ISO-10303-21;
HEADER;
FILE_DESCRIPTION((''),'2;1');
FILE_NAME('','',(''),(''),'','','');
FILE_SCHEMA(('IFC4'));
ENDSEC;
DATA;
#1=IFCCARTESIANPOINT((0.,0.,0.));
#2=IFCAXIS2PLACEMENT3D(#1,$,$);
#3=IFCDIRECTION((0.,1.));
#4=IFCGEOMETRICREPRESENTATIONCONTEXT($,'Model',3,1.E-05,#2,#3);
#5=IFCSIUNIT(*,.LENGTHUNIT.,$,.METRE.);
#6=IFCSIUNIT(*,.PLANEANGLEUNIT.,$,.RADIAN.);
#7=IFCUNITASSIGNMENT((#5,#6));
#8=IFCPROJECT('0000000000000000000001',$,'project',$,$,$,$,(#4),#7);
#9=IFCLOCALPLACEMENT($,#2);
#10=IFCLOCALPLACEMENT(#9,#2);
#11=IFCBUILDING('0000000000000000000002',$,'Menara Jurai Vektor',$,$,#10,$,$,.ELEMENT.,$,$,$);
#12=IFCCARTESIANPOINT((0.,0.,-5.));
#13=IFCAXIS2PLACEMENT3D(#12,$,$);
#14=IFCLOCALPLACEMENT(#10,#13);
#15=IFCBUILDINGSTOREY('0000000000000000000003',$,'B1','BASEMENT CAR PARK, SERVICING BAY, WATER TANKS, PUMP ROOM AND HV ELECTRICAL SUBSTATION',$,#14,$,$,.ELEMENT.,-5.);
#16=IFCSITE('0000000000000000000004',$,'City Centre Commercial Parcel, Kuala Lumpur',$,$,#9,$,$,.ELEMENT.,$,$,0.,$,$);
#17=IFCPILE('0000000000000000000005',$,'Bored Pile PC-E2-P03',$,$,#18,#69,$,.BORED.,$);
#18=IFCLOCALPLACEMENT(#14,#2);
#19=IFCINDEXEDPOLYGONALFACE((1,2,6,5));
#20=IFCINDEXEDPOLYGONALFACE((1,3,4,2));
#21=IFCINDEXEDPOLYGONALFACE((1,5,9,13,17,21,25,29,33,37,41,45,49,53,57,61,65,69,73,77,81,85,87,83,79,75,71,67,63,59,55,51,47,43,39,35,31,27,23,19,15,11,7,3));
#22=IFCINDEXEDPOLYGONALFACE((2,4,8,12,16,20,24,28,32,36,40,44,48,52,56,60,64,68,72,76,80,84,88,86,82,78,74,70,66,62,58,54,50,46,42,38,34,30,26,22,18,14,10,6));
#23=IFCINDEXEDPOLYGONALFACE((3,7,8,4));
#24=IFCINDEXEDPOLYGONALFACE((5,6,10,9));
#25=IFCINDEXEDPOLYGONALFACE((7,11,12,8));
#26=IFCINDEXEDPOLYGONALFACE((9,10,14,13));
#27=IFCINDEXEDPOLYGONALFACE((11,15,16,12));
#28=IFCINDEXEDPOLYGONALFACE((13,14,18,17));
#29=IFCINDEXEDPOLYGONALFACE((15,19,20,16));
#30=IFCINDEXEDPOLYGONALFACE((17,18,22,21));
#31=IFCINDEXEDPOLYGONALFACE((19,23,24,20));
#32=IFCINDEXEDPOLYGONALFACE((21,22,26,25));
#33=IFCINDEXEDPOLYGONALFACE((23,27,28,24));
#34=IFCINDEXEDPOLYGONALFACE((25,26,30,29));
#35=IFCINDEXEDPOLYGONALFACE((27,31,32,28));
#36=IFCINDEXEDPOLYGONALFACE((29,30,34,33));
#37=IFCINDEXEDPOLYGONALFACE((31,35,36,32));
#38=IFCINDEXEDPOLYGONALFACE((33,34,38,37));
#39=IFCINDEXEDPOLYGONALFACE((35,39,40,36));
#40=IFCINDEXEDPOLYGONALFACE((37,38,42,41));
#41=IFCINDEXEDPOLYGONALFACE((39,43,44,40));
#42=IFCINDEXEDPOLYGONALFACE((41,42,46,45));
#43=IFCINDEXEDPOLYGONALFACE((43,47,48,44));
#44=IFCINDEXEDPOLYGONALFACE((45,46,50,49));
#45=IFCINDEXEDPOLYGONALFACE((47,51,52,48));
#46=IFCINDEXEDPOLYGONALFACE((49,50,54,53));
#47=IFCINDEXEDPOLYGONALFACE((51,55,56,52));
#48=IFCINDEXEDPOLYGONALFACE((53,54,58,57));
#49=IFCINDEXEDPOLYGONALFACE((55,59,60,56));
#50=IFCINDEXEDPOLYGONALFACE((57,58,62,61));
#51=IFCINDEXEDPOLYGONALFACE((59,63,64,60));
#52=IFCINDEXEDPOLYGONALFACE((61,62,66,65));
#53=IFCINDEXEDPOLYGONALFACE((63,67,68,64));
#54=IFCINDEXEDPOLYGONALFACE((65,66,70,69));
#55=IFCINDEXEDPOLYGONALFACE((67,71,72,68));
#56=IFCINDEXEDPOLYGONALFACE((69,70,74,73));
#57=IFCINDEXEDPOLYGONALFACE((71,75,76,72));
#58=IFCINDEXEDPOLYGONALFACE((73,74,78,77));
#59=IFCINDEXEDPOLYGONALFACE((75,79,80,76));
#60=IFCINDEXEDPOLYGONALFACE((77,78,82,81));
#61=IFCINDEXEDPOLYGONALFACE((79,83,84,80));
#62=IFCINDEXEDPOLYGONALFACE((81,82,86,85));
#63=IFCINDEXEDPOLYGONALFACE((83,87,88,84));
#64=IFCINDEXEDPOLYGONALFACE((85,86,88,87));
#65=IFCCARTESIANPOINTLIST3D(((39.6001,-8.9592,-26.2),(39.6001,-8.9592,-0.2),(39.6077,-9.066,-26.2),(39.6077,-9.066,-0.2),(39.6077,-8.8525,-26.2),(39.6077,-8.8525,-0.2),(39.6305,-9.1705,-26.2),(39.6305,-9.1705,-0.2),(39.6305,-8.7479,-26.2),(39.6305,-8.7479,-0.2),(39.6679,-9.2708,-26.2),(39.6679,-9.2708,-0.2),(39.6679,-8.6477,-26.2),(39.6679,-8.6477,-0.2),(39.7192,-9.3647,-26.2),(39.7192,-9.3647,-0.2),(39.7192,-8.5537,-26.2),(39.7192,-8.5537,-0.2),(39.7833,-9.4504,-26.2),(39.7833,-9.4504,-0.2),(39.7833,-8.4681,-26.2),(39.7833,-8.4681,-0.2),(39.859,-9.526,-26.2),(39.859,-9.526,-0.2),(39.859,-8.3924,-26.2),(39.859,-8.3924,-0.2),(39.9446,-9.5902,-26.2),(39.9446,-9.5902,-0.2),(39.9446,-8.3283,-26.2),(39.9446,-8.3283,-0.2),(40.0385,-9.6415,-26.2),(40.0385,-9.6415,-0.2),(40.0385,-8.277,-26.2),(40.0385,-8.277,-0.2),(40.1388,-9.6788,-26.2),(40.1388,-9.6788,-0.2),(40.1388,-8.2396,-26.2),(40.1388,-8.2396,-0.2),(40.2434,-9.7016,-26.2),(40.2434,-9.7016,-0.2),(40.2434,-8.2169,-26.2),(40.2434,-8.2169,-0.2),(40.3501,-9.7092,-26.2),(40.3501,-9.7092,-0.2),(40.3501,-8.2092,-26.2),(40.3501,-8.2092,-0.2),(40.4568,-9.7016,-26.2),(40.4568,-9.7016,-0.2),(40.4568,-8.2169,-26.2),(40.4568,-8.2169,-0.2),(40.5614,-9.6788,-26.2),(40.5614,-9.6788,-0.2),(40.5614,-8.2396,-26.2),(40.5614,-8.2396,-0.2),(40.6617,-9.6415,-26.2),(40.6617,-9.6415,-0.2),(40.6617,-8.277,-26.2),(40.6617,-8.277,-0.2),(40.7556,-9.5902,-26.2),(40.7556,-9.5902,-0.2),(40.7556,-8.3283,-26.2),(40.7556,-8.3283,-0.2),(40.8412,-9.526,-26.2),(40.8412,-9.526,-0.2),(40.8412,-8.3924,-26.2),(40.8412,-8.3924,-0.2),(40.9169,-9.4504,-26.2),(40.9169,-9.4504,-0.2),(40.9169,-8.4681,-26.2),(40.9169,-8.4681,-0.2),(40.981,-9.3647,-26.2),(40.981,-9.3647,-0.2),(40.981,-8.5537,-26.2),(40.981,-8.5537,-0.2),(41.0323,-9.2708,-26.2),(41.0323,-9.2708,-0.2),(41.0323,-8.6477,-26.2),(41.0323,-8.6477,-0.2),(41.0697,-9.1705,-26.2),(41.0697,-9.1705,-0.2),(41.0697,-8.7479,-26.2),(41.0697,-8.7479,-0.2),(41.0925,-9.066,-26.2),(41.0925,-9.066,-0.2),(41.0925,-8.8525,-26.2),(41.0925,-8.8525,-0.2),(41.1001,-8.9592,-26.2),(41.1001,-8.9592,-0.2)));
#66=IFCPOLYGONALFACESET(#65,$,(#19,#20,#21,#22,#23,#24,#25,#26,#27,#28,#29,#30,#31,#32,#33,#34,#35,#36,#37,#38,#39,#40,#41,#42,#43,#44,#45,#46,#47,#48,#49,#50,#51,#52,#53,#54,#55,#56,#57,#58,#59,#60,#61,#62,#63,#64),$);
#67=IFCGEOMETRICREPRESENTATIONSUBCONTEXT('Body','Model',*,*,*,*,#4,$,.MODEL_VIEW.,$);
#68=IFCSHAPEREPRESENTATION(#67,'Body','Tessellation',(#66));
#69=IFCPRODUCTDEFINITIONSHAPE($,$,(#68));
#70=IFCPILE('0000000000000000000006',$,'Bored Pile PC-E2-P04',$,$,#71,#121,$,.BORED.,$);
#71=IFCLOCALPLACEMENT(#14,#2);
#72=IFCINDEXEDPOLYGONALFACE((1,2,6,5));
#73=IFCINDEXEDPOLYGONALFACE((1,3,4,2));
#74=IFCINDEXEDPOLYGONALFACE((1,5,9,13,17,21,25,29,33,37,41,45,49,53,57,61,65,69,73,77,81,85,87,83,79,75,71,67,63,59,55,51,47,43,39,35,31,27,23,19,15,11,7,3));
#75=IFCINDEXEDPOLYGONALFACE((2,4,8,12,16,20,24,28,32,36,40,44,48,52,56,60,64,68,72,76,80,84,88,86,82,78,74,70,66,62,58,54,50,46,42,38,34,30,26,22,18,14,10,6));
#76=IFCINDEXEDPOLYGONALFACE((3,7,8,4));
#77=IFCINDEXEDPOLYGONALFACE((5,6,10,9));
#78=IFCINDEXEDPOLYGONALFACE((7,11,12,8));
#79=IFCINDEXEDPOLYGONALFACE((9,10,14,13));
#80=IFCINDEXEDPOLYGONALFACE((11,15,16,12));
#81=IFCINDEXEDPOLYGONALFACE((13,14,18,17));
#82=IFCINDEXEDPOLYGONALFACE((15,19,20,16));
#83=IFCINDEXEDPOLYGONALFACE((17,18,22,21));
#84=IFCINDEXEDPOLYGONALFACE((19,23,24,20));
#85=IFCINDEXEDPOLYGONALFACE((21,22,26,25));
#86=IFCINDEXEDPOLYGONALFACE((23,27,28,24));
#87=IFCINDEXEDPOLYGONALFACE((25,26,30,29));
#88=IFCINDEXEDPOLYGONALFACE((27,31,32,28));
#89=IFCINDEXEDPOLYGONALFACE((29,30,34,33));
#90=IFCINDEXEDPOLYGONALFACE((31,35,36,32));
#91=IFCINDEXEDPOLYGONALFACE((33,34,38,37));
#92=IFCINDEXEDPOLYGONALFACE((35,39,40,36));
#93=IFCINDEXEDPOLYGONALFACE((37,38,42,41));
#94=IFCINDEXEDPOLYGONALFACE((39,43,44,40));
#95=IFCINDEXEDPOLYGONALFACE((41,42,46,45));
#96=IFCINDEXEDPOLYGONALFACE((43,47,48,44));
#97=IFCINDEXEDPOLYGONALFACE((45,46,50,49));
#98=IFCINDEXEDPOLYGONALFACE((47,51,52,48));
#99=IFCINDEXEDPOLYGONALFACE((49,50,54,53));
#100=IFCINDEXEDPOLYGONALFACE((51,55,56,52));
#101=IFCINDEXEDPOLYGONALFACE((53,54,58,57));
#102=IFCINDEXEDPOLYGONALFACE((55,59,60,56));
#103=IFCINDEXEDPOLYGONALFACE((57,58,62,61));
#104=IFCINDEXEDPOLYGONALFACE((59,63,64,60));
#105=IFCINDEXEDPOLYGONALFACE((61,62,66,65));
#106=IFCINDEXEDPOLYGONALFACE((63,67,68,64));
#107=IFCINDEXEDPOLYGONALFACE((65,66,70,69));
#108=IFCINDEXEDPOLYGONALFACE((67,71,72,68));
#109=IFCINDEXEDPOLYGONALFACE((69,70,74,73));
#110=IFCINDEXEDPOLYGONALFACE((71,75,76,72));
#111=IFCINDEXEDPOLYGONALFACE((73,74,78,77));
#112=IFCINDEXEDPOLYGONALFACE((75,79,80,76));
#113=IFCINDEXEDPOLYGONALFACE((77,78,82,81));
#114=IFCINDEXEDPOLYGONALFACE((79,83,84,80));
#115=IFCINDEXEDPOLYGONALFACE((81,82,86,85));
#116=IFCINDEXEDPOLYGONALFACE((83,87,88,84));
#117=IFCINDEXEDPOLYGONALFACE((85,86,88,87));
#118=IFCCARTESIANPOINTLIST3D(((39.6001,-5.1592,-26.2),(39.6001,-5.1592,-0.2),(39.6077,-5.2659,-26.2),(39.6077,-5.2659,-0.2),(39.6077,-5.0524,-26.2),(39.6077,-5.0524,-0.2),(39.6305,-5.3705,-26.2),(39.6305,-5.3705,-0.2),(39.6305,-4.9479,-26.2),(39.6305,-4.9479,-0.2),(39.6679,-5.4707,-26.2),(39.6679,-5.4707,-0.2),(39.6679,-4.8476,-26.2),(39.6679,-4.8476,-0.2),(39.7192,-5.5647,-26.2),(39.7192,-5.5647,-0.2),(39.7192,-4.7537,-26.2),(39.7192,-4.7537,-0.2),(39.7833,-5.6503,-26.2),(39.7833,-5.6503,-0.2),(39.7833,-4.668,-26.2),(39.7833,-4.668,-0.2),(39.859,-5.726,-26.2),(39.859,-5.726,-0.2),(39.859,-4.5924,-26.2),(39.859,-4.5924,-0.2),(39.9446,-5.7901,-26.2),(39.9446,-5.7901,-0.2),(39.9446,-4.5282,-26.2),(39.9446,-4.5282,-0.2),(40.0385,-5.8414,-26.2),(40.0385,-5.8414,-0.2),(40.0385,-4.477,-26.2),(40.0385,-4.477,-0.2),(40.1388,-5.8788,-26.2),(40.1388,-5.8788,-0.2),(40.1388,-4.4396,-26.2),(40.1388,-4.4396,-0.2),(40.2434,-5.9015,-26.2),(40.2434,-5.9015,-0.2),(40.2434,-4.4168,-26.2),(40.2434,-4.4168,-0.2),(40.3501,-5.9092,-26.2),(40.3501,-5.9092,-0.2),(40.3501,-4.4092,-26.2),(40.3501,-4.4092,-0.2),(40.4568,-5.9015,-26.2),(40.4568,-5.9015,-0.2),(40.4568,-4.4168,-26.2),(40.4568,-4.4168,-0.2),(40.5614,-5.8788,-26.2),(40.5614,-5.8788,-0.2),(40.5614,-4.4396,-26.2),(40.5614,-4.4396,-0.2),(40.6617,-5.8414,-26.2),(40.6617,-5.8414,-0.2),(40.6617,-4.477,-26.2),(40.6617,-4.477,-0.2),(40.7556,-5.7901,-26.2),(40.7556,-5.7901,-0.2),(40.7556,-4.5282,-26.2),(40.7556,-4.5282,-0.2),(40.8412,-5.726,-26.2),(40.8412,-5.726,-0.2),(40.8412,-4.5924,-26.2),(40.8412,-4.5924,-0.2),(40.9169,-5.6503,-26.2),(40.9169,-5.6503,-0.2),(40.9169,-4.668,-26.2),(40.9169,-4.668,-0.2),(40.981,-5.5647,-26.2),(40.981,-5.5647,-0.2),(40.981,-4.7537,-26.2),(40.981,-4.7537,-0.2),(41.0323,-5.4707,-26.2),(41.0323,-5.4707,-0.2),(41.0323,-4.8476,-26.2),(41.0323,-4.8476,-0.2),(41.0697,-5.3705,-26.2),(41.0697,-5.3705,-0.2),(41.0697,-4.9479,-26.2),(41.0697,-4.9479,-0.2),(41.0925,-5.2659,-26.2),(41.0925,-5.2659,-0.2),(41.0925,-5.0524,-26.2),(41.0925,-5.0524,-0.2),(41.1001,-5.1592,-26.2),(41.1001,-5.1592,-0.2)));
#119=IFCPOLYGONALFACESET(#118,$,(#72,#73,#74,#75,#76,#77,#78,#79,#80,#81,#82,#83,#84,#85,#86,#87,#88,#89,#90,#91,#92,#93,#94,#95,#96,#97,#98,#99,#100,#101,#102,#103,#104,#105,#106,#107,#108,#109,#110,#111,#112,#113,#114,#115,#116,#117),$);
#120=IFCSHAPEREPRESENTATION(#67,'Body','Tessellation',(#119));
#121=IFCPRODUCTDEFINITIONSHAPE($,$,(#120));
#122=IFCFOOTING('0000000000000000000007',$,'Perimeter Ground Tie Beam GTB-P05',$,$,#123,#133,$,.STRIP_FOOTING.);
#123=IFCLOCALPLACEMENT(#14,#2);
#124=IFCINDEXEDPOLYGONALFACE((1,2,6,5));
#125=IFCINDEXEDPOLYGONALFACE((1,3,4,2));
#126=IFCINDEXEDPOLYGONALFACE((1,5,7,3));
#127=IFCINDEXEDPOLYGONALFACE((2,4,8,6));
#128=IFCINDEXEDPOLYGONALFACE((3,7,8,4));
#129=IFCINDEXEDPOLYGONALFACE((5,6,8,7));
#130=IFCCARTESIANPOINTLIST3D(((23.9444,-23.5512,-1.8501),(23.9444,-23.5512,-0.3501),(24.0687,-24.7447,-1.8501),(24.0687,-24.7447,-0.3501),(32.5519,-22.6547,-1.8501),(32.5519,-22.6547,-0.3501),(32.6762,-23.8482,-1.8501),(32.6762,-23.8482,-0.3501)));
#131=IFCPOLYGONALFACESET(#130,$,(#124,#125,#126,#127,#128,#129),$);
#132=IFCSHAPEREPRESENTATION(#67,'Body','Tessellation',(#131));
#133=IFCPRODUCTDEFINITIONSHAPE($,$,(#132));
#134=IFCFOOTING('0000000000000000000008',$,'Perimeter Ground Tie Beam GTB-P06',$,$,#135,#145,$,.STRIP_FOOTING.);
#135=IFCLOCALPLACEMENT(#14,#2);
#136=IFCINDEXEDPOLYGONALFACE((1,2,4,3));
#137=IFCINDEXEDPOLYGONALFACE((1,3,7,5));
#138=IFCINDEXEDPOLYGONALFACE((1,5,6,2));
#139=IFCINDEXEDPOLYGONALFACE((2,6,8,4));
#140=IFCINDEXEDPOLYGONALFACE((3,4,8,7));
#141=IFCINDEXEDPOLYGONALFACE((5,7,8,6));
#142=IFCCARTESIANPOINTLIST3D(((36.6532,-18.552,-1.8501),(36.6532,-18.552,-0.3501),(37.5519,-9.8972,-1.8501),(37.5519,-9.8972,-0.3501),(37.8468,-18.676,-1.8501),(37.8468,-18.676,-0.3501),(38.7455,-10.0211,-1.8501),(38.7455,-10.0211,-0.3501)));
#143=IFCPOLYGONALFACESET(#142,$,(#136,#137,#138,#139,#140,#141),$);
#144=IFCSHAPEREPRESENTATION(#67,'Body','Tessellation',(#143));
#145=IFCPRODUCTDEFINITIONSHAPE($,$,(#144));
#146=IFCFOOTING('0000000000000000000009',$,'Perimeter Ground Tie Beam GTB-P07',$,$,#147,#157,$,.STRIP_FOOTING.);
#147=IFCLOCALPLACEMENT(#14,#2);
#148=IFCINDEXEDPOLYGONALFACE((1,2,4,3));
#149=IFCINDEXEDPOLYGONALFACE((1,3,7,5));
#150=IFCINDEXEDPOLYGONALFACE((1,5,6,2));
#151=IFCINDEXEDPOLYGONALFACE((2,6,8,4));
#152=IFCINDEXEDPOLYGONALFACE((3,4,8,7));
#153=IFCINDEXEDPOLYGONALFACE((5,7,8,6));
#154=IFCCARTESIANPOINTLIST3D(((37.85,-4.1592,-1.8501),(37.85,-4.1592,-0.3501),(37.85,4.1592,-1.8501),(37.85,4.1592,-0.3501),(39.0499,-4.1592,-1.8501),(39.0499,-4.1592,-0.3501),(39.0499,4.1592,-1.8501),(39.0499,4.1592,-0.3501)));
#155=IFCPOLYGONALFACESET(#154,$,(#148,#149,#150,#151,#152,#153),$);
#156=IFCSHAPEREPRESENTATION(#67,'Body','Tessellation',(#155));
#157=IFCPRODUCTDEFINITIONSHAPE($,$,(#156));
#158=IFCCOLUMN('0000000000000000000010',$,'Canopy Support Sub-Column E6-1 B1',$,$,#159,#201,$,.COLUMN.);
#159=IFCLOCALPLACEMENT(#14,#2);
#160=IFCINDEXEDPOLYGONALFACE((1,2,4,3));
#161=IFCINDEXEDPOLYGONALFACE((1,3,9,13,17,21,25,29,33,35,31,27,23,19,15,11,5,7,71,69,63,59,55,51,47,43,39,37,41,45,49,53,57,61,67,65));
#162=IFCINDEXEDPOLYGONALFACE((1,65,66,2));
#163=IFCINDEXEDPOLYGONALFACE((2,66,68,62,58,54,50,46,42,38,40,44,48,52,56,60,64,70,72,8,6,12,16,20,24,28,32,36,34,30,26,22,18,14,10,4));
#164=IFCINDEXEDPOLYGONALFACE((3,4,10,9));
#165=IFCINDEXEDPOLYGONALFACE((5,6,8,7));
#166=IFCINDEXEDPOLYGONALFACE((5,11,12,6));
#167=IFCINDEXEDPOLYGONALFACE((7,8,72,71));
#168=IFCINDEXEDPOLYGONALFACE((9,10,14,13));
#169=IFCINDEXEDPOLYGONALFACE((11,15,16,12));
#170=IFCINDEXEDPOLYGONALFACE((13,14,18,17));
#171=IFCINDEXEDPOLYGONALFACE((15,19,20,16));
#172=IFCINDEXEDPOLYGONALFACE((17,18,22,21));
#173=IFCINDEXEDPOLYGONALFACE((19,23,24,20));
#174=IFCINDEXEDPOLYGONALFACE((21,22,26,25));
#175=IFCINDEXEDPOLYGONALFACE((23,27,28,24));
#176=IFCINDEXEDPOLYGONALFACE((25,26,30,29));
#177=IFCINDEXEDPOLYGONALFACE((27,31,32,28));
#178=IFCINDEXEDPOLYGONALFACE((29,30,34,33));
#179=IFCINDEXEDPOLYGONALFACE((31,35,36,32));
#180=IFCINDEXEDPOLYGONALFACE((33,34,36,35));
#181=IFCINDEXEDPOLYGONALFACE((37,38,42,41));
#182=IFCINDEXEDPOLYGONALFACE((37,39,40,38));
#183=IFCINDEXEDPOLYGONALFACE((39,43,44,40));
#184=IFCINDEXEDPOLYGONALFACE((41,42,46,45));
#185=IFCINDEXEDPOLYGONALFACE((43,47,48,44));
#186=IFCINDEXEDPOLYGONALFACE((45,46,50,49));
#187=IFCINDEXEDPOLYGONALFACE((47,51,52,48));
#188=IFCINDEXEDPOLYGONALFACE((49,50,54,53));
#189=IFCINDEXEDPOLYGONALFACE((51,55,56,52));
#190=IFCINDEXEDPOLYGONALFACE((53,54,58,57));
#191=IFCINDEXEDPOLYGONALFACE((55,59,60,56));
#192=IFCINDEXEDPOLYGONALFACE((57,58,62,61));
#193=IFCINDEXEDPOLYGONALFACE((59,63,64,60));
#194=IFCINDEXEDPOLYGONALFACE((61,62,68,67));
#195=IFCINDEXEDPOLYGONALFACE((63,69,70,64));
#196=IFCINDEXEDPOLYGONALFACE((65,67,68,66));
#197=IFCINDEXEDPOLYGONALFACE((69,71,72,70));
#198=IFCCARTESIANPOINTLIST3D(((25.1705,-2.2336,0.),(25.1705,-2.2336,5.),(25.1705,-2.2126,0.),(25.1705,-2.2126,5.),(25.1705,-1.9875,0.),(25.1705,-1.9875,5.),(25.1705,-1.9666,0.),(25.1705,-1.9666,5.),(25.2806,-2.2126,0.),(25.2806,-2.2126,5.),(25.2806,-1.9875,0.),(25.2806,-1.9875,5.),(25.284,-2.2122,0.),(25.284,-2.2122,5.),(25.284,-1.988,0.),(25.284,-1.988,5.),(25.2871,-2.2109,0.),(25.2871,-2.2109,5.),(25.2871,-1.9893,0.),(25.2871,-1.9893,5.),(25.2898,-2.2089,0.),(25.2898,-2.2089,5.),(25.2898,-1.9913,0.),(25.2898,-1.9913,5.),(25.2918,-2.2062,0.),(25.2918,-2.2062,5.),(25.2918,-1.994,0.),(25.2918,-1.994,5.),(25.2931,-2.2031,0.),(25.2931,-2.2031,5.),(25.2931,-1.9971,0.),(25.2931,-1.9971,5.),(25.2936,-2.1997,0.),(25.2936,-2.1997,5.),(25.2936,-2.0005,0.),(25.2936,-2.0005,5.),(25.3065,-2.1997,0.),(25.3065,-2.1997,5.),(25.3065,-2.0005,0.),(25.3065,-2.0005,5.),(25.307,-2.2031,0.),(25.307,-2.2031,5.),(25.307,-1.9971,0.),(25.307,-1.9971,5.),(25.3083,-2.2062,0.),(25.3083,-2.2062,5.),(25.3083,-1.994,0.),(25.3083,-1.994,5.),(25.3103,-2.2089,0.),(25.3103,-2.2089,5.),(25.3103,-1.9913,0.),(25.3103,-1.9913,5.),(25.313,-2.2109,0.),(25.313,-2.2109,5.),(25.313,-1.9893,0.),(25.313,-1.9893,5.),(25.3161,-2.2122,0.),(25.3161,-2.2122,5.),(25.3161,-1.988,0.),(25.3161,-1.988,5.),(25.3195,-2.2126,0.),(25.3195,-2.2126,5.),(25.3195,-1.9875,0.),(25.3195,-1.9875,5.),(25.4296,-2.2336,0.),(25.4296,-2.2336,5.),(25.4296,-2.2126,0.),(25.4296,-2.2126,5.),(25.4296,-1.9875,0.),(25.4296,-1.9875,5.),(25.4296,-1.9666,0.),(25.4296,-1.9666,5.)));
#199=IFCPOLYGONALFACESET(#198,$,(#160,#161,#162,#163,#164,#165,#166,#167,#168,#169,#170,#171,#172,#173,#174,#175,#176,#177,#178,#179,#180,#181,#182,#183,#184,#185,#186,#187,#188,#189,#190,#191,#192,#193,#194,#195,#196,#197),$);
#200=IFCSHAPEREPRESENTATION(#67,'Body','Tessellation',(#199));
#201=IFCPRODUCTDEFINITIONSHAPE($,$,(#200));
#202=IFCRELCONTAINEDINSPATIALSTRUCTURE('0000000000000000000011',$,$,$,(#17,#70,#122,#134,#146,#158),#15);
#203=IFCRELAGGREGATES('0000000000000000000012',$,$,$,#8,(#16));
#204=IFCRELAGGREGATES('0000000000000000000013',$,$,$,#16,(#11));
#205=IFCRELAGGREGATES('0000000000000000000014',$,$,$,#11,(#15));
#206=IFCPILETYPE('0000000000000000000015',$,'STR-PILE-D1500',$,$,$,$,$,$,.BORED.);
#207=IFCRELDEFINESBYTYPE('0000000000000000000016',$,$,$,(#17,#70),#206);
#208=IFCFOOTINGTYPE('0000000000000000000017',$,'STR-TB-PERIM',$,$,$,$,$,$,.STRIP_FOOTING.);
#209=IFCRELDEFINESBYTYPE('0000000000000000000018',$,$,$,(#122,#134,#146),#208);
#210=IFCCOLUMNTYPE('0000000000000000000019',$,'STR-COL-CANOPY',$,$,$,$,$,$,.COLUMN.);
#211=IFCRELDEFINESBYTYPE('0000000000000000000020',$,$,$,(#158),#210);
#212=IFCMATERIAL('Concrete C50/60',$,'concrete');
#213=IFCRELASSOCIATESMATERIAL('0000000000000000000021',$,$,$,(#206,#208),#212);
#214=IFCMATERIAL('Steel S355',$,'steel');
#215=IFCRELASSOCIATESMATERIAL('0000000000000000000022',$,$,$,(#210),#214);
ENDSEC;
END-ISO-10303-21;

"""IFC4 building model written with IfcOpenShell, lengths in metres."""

from ifc_helpers import new_model, si_unit, direction, frame, origin, origin_2d, place, context, subcontext, project, spatial, rectangle, circle, i_section, extrude, material, material_profile, profile_set, type_object, element, save


model = new_model("IFC4")

# Units and contexts
model_context = context("Model", 3, precision=1e-05, world=origin(), true_north=direction((0.0, 1.0)))
body_context = subcontext(model_context, "Body", "Model", "MODEL_VIEW")
ifc_project = project(units=[si_unit("LENGTHUNIT", "METRE"), si_unit("PLANEANGLEUNIT", "RADIAN")], contexts=[model_context])

# Site, building, storey
site_placement = place(None, origin())
site = spatial("IfcSite", under=ifc_project, at=site_placement, Name="City Centre Commercial Parcel, Kuala Lumpur", CompositionType="ELEMENT", RefElevation=0.0)
building_placement = place(site_placement, origin())
building = spatial("IfcBuilding", under=site, at=building_placement, Name="Menara Jurai Vektor", CompositionType="ELEMENT")
storey_placement = place(building_placement, frame((0.0, 0.0, -5.0)))
storey = spatial("IfcBuildingStorey", under=building, at=storey_placement, Name="B1", Description="BASEMENT CAR PARK, SERVICING BAY, WATER TANKS, PUMP ROOM AND HV ELECTRICAL SUBSTATION", CompositionType="ELEMENT", Elevation=-5.0)

# Shared definitions
ifc_material_1 = material(Name="Concrete C50/60", Category="concrete")

# Piles
ifc_material_profile_1 = material_profile(ifc_material_1, circle(Radius=0.75, at=origin_2d()), Name="PILE D1500")
ifc_profile_set_1 = profile_set([ifc_material_profile_1], Name="Concrete C50/60")
pile_type = type_object("IfcPileType", Name="STR-PILE-D1500", PredefinedType="BORED", material=ifc_profile_set_1)
for number, where, z_axis, x_axis, name in (
    (1, (40.3501, -8.9592, -0.2), (0.0, 0.0, -1.0), (1.0, 0.0, 0.0), "Bored Pile PC-E2-P03"),
    (2, (40.3501, -5.1592, -0.2), (0.0, 0.0, -1.0), (1.0, 0.0, 0.0), "Bored Pile PC-E2-P04"),
):
    element("IfcPile", number, at=place(storey_placement, frame(where, z_axis=z_axis, x_axis=x_axis)), inside=storey, type_object=pile_type, Name=name, PredefinedType="BORED", context=body_context, shape_type="SweptSolid", body=[
        extrude(circle(Radius=0.75, at=origin_2d()), origin(), (0.0, 0.0, 1.0), 26.0),
    ])

# Footings
ifc_material_profile_2 = material_profile(ifc_material_1, rectangle(XDim=1.2, YDim=1.5, at=origin_2d()), Name="RC 1200x1500")
ifc_profile_set_2 = profile_set([ifc_material_profile_2], Name="Concrete C50/60")
footing_type_1 = type_object("IfcFootingType", Name="STR-TB-PERIM", PredefinedType="STRIP_FOOTING", material=ifc_profile_set_2)
footing_1_placement = place(storey_placement, frame((24.0066, -24.1479, -1.1001), z_axis=(0.99462, 0.103592, 0.0), x_axis=(-0.103592, 0.99462, 0.0)))
element("IfcFooting", 3, at=footing_1_placement, inside=storey, type_object=footing_type_1, Name="Perimeter Ground Tie Beam GTB-P05", PredefinedType="STRIP_FOOTING", context=body_context, shape_type="SweptSolid", body=[
    extrude(rectangle(XDim=1.2, YDim=1.5, at=origin_2d()), origin(), (0.0, 0.0, 1.0), 8.6541),
])
footing_2_placement = place(storey_placement, frame((37.25, -18.614, -1.1001), z_axis=(0.103281, 0.994652, 0.0), x_axis=(-0.994652, 0.103281, 0.0)))
element("IfcFooting", 4, at=footing_2_placement, inside=storey, type_object=footing_type_1, Name="Perimeter Ground Tie Beam GTB-P06", PredefinedType="STRIP_FOOTING", context=body_context, shape_type="SweptSolid", body=[
    extrude(rectangle(XDim=1.2, YDim=1.5, at=origin_2d()), origin(), (0.0, 0.0, 1.0), 8.7014),
])
footing_3_placement = place(storey_placement, frame((38.45, -4.1592, -1.1001), z_axis=(0.0, 1.0, 0.0), x_axis=(-1.0, 0.0, 0.0)))
element("IfcFooting", 5, at=footing_3_placement, inside=storey, type_object=footing_type_1, Name="Perimeter Ground Tie Beam GTB-P07", PredefinedType="STRIP_FOOTING", context=body_context, shape_type="SweptSolid", body=[
    extrude(rectangle(XDim=1.2, YDim=1.5, at=origin_2d()), origin(), (0.0, 0.0, 1.0), 8.3184),
])

# Column
ifc_material_2 = material(Name="Steel S355", Category="steel")
ifc_material_profile_3 = material_profile(ifc_material_2, i_section(OverallWidth=0.259, OverallDepth=0.2671, WebThickness=0.0129, FlangeThickness=0.021, FilletRadius=0.0129, at=origin_2d()), Name="UKC 254x254x107")
ifc_profile_set_3 = profile_set([ifc_material_profile_3], Name="Steel S355")
column_type_1 = type_object("IfcColumnType", Name="STR-COL-CANOPY", PredefinedType="COLUMN", material=ifc_profile_set_3)
column_placement = place(storey_placement, frame((25.3, -2.1001, 0.0), z_axis=(0.0, 0.0, 1.0), x_axis=(1.0, 0.0, 0.0)))
element("IfcColumn", 6, at=column_placement, inside=storey, type_object=column_type_1, Name="Canopy Support Sub-Column E6-1 B1", PredefinedType="COLUMN", context=body_context, shape_type="SweptSolid", body=[
    extrude(i_section(OverallWidth=0.259, OverallDepth=0.2671, WebThickness=0.0129, FlangeThickness=0.021, FilletRadius=0.0129, at=origin_2d()), origin(), (0.0, 0.0, 1.0), 5.0),
])

save(model, "model.ifc")
